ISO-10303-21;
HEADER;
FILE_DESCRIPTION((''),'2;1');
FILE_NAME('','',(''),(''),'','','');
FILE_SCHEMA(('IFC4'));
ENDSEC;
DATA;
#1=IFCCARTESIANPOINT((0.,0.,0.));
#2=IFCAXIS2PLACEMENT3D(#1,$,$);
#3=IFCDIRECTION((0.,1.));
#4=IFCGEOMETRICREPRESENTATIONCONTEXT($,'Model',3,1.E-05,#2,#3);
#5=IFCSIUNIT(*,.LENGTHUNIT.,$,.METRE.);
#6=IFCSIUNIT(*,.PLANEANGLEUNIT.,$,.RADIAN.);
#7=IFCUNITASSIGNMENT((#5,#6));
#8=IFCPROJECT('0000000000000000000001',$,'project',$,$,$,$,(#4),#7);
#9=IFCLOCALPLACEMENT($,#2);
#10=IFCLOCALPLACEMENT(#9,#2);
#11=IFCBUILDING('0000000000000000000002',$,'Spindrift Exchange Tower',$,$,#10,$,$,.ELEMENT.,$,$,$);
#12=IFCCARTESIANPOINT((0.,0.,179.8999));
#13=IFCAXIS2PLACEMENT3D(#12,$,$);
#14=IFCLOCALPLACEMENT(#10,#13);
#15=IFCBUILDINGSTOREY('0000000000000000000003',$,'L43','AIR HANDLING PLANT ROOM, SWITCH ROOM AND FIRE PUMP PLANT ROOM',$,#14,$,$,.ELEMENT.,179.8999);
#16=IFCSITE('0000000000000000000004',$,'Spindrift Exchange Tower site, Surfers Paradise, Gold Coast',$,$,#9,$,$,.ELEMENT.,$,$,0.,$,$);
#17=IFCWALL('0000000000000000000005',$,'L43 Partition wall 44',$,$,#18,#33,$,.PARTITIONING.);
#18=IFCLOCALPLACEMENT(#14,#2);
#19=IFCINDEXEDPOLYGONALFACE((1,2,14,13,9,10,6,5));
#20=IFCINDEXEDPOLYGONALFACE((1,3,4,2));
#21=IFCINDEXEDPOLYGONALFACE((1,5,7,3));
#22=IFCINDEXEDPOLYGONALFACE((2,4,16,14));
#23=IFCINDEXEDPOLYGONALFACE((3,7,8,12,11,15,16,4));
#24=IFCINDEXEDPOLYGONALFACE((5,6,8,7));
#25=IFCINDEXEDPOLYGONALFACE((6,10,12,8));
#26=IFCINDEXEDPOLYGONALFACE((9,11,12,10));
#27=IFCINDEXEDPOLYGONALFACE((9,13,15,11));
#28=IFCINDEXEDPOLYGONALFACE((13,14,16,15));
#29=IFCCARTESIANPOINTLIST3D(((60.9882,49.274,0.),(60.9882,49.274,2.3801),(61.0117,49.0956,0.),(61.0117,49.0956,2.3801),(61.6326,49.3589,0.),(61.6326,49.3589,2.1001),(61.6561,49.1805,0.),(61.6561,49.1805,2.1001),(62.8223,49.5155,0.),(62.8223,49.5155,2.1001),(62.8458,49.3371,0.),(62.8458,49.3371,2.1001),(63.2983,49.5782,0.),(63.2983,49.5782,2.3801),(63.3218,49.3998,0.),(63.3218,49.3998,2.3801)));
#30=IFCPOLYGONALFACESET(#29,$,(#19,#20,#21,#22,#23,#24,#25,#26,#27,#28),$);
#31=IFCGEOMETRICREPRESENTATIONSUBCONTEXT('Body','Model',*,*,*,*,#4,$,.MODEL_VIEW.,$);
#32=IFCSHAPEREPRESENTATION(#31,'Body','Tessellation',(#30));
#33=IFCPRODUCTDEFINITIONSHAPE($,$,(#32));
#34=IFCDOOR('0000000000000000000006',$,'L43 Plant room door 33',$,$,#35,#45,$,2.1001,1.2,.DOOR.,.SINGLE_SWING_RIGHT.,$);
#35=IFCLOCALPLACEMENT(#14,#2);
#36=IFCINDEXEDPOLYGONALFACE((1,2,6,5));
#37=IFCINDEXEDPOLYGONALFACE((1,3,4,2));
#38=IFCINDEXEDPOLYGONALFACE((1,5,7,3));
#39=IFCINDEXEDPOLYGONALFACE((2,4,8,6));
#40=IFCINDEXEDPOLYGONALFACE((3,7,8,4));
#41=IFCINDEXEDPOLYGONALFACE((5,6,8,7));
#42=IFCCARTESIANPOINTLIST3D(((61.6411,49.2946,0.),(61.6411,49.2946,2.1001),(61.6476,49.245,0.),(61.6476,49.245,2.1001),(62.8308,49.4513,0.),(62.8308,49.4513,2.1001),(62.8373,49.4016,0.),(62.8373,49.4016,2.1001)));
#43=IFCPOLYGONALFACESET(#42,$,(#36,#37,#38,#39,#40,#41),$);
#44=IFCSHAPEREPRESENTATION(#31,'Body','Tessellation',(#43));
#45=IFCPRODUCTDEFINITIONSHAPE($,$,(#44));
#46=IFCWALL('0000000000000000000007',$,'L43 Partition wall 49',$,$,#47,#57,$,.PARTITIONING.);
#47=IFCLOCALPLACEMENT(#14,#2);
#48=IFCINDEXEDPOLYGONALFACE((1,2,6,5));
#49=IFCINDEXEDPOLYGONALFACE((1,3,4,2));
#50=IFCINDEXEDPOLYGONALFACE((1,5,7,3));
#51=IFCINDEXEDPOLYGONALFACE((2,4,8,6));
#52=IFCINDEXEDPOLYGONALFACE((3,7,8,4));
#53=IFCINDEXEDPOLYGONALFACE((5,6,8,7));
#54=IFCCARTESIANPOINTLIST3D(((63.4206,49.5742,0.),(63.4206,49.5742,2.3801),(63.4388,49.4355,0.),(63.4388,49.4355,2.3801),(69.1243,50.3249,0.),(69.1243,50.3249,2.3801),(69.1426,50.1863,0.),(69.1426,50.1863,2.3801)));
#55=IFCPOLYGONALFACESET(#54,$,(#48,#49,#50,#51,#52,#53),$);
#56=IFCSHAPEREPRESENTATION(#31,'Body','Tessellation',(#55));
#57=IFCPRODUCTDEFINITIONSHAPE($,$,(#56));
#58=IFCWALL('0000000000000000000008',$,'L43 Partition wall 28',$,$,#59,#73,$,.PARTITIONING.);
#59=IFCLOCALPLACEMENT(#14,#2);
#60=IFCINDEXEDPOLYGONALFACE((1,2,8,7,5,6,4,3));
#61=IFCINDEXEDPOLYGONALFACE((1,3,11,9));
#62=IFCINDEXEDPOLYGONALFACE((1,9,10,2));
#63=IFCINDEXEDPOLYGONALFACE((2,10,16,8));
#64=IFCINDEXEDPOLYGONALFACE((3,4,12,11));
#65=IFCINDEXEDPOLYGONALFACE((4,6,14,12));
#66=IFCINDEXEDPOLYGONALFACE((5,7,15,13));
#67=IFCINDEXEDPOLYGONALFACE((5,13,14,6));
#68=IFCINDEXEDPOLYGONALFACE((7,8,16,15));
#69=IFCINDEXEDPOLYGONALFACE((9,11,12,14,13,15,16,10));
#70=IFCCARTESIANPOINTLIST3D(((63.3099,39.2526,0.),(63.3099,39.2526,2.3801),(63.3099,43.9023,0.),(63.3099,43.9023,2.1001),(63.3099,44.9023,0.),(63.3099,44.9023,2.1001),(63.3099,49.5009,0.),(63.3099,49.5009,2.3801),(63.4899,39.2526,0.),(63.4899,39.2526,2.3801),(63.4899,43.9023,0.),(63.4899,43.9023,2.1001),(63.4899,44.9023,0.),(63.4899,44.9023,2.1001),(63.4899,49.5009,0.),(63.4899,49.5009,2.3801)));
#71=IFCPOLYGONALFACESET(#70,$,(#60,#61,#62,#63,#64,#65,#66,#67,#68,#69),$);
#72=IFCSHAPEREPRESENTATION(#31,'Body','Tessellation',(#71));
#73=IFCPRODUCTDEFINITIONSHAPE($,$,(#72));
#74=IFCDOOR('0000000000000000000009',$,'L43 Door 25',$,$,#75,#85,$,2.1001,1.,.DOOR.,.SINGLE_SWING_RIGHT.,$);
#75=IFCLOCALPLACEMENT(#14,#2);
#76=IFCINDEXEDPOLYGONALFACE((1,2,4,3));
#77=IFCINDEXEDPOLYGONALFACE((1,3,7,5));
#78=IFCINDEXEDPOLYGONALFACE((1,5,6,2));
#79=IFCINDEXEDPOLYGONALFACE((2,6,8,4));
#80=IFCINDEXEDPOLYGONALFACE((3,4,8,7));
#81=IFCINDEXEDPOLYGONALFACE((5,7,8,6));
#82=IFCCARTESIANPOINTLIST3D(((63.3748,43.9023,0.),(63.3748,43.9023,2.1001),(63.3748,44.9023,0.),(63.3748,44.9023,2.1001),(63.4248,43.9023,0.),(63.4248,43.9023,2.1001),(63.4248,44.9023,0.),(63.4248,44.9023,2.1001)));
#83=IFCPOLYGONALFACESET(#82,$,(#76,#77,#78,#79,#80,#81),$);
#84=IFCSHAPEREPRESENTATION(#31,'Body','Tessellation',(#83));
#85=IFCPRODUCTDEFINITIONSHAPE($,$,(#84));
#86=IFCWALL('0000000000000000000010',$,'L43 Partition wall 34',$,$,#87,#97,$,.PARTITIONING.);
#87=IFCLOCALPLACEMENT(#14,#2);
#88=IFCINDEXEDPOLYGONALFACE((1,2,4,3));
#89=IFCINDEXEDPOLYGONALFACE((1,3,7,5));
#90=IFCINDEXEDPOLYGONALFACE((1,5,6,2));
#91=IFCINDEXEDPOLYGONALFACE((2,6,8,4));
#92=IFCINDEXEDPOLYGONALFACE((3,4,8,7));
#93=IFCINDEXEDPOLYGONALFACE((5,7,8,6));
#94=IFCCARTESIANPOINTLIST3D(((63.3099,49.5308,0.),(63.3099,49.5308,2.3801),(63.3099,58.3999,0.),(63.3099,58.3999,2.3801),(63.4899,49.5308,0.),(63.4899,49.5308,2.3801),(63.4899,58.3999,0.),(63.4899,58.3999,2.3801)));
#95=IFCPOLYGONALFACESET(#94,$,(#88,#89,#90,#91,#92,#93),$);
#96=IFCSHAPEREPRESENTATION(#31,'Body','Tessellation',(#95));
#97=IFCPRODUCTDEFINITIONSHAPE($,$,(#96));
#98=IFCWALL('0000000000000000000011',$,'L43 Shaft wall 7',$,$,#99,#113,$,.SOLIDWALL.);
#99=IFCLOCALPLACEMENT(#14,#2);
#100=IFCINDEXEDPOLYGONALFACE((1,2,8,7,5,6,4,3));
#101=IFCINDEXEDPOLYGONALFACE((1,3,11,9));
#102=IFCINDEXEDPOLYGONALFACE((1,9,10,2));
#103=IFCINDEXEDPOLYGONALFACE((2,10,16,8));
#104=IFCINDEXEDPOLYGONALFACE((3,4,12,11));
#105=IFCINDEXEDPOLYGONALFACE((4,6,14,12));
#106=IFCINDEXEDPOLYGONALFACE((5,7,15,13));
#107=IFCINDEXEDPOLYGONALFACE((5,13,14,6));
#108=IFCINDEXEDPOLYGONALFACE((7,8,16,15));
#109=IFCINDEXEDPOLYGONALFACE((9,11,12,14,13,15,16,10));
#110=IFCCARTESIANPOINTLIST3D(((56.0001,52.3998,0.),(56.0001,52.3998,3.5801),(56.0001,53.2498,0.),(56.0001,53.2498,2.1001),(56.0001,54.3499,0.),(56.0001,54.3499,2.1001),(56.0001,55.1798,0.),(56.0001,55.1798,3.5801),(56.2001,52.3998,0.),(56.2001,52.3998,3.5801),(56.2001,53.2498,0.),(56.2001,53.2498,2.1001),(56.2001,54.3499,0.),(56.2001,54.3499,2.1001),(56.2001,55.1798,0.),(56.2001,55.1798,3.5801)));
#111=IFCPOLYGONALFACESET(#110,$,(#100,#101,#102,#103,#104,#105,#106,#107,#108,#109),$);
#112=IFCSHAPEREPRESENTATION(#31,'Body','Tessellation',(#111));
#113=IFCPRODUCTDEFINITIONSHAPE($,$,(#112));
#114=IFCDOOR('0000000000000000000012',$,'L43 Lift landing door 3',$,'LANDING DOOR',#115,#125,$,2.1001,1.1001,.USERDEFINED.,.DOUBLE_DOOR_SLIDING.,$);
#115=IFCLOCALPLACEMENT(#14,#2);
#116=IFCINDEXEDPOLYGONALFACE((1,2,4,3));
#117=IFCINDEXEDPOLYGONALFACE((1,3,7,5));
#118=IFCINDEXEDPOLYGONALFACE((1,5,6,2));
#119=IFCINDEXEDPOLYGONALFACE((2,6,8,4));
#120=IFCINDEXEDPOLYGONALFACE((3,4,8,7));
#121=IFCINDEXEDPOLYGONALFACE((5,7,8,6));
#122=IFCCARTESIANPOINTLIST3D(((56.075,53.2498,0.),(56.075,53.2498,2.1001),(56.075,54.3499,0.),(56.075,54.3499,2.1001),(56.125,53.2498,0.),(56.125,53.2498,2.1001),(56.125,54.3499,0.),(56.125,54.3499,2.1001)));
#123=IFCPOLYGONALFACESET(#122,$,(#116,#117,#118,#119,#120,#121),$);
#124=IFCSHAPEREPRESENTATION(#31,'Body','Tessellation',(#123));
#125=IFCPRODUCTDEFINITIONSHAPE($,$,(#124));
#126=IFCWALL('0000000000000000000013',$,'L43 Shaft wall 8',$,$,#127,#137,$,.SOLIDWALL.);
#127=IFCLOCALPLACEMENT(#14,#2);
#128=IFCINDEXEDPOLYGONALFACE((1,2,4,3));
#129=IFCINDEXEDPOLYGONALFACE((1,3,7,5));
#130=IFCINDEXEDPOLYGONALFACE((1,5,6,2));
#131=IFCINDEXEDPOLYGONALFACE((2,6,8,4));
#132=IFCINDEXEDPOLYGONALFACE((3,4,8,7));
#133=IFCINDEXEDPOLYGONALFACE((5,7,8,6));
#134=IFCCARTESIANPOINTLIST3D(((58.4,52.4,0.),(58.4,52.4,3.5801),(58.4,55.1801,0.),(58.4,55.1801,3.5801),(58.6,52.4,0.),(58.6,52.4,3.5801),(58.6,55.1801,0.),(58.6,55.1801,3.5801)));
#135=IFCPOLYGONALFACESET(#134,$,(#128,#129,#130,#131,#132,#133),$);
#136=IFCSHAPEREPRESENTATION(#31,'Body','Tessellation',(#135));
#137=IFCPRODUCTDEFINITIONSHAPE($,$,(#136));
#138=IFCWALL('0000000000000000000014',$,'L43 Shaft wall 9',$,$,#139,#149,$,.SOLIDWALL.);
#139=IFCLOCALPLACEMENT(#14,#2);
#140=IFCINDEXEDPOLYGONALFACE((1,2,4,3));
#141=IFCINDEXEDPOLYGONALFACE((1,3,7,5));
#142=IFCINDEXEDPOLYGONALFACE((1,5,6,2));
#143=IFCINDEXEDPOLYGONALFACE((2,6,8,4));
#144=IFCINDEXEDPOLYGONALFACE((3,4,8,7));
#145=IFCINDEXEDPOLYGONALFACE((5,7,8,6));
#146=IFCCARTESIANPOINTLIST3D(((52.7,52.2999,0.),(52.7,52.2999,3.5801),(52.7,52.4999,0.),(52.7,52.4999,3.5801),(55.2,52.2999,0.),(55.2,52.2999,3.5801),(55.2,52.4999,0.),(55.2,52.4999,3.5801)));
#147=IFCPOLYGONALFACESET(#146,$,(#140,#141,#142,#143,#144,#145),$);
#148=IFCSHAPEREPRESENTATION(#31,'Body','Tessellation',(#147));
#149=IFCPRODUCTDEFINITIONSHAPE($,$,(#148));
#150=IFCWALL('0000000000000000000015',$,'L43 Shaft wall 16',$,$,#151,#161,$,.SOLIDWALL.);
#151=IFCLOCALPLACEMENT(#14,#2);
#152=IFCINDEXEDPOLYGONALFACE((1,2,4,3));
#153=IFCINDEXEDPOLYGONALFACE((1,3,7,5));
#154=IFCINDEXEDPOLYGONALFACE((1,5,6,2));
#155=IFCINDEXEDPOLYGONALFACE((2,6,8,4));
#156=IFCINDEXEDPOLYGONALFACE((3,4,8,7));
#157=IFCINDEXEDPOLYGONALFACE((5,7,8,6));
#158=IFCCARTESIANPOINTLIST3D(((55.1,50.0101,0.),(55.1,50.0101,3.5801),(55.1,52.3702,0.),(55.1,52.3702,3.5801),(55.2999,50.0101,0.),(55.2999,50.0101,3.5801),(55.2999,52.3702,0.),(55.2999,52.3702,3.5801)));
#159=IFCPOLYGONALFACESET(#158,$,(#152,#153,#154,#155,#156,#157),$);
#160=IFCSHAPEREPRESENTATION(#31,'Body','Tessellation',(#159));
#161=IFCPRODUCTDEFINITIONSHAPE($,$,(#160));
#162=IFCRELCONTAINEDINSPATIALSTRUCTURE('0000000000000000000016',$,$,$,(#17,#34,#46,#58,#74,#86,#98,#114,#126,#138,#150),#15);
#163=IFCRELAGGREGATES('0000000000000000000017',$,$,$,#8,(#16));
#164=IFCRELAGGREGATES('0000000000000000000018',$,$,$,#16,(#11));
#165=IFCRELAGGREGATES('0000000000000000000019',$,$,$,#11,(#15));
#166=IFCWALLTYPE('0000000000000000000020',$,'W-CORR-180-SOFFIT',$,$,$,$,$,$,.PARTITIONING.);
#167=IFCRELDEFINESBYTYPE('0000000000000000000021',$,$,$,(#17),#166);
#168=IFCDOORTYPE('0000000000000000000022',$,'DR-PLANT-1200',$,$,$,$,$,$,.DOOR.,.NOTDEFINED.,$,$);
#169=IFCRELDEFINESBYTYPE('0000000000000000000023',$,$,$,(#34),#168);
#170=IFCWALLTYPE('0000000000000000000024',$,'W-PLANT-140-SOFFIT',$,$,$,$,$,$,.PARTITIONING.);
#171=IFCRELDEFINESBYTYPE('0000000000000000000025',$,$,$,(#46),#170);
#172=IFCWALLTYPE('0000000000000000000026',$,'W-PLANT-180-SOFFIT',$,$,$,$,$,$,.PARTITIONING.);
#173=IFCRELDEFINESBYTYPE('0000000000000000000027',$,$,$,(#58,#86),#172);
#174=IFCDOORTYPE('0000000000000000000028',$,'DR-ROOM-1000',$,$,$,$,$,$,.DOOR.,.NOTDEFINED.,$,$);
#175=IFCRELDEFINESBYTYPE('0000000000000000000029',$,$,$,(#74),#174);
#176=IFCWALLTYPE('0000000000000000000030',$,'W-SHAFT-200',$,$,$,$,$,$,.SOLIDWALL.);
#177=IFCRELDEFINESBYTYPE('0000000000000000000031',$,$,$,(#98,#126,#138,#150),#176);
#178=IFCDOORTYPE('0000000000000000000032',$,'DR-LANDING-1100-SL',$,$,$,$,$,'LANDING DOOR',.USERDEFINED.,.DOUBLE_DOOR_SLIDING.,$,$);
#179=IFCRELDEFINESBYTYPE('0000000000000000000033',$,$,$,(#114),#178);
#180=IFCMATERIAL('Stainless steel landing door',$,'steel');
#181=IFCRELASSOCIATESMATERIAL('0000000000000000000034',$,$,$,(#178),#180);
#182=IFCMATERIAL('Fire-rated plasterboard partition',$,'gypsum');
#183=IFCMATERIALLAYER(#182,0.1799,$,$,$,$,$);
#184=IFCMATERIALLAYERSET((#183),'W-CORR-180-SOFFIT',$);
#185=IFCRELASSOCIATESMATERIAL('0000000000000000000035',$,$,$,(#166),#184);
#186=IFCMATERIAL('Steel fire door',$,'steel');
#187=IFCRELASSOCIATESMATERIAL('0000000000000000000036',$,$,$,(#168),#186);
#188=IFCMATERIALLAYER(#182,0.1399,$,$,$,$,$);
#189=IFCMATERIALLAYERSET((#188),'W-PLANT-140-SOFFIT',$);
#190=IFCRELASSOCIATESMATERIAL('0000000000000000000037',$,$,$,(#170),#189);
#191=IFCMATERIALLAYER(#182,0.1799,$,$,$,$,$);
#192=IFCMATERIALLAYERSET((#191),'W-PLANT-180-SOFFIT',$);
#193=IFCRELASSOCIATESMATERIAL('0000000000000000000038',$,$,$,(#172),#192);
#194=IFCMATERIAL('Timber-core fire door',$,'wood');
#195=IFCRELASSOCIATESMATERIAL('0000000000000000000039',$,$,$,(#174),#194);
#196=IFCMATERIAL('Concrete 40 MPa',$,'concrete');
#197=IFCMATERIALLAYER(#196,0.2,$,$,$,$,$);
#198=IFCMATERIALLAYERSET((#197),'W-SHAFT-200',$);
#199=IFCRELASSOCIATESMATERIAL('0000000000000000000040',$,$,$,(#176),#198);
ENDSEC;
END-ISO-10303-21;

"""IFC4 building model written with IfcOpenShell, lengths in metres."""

from ifc_helpers import new_model, si_unit, direction, frame, frame_2d, origin, place, context, subcontext, project, spatial, rectangle, extrude, source, transform, mapped, material, layer, layer_set, type_object, element, fill, save


model = new_model("IFC4")

# Units and contexts
model_context = context("Model", 3, precision=1e-05, world=origin(), true_north=direction((0.0, 1.0)))
body_context = subcontext(model_context, "Body", "Model", "MODEL_VIEW")
ifc_project = project(units=[si_unit("LENGTHUNIT", "METRE"), si_unit("PLANEANGLEUNIT", "RADIAN")], contexts=[model_context])

# Site, building, storey
site_placement = place(None, origin())
site = spatial("IfcSite", under=ifc_project, at=site_placement, Name="Spindrift Exchange Tower site, Surfers Paradise, Gold Coast", CompositionType="ELEMENT", RefElevation=0.0)
building_placement = place(site_placement, origin())
building = spatial("IfcBuilding", under=site, at=building_placement, Name="Spindrift Exchange Tower", CompositionType="ELEMENT")
storey_placement = place(building_placement, frame((0.0, 0.0, 179.8999)))
storey = spatial("IfcBuildingStorey", under=building, at=storey_placement, Name="L43", Description="AIR HANDLING PLANT ROOM, SWITCH ROOM AND FIRE PUMP PLANT ROOM", CompositionType="ELEMENT", Elevation=179.8999)

# Shared definitions
ifc_material_1 = material(Name="Stainless steel landing door", Category="steel")
door_type_1 = type_object("IfcDoorType", Name="DR-LANDING-1100-SL", ElementType="LANDING DOOR", OperationType="DOUBLE_DOOR_SLIDING", PredefinedType="USERDEFINED", material=ifc_material_1)
shared_shape_1 = source(origin(), body_context, "Body", "SweptSolid", [
    extrude(rectangle(XDim=1.1001, YDim=2.1001, at=frame_2d((0.55, 1.05))), frame((0.0, 0.0249, 0.0), z_axis=(0.0, -1.0, 0.0), x_axis=(1.0, 0.0, 0.0)), (0.0, 0.0, 1.0), 0.05),
])
ifc_material_2 = material(Name="Steel fire door", Category="steel")
ifc_material_3 = material(Name="Timber-core fire door", Category="wood")

# Wall, opening, door
ifc_material_4 = material(Name="Fire-rated plasterboard partition", Category="gypsum")
ifc_layer_1 = layer(ifc_material_4, 0.1799)
ifc_layer_set_1 = layer_set([ifc_layer_1], Name="W-CORR-180-SOFFIT")
wall_type_1 = type_object("IfcWallType", Name="W-CORR-180-SOFFIT", PredefinedType="PARTITIONING", material=ifc_layer_set_1)
wall_1_placement = place(storey_placement, frame((63.3101, 49.489, 0.0), z_axis=(0.0, 0.0, 1.0), x_axis=(-0.991441, -0.130558, 0.0)))
wall_1 = element("IfcWall", 1, at=wall_1_placement, inside=storey, type_object=wall_type_1, Name="L43 Partition wall 44", PredefinedType="PARTITIONING", context=body_context, shape_type="SweptSolid", body=[
    extrude(rectangle(XDim=2.3301, YDim=0.1799, at=frame_2d((1.165, 0.0))), origin(), (0.0, 0.0, 1.0), 2.3801),
])
opening_1_placement = place(wall_1_placement, frame((0.48, 0.0, 0.0)))
opening_1 = element("IfcOpeningElement", 2, at=opening_1_placement, cuts=wall_1, PredefinedType="OPENING", context=body_context, shape_type="SweptSolid", body=[
    extrude(rectangle(XDim=1.2, YDim=2.1001, at=frame_2d((0.6001, 1.05))), frame((0.0, 0.0999, 0.0), z_axis=(0.0, -1.0, 0.0), x_axis=(1.0, 0.0, 0.0)), (0.0, 0.0, 1.0), 0.2),
])
door_type_2 = type_object("IfcDoorType", Name="DR-PLANT-1200", OperationType="NOTDEFINED", PredefinedType="DOOR", material=ifc_material_2)
shared_shape_2 = source(origin(), body_context, "Body", "SweptSolid", [
    extrude(rectangle(XDim=1.2, YDim=2.1001, at=frame_2d((0.6001, 1.05))), frame((0.0, 0.0249, 0.0), z_axis=(0.0, -1.0, 0.0), x_axis=(1.0, 0.0, 0.0)), (0.0, 0.0, 1.0), 0.05),
])
door_1_placement = place(opening_1_placement, origin())
door_1 = element("IfcDoor", 3, at=door_1_placement, inside=storey, type_object=door_type_2, Name="L43 Plant room door 33", OperationType="SINGLE_SWING_RIGHT", OverallHeight=2.1001, OverallWidth=1.2, PredefinedType="DOOR", context=body_context, shape_type="MappedRepresentation", body=[
    mapped(shared_shape_2, transform((0.0, 0.0, 0.0), scale=1.0)),
])
fill(opening_1, door_1)

# Wall
ifc_layer_2 = layer(ifc_material_4, 0.1399)
ifc_layer_set_2 = layer_set([ifc_layer_2], Name="W-PLANT-140-SOFFIT")
wall_type_2 = type_object("IfcWallType", Name="W-PLANT-140-SOFFIT", PredefinedType="PARTITIONING", material=ifc_layer_set_2)
wall_2_placement = place(storey_placement, frame((63.4297, 49.5049, 0.0), z_axis=(0.0, 0.0, 1.0), x_axis=(0.991449, 0.130493, 0.0)))
element("IfcWall", 4, at=wall_2_placement, inside=storey, type_object=wall_type_2, Name="L43 Partition wall 49", PredefinedType="PARTITIONING", context=body_context, shape_type="SweptSolid", body=[
    extrude(rectangle(XDim=5.7529, YDim=0.1399, at=frame_2d((2.8765, 0.0))), origin(), (0.0, 0.0, 1.0), 2.3801),
])

# Wall, opening, door
ifc_layer_3 = layer(ifc_material_4, 0.1799)
ifc_layer_set_3 = layer_set([ifc_layer_3], Name="W-PLANT-180-SOFFIT")
wall_type_3 = type_object("IfcWallType", Name="W-PLANT-180-SOFFIT", PredefinedType="PARTITIONING", material=ifc_layer_set_3)
wall_3_placement = place(storey_placement, frame((63.3999, 49.5007, 0.0), z_axis=(0.0, 0.0, 1.0), x_axis=(0.0, -1.0, 0.0)))
wall_3 = element("IfcWall", 5, at=wall_3_placement, inside=storey, type_object=wall_type_3, Name="L43 Partition wall 28", PredefinedType="PARTITIONING", context=body_context, shape_type="SweptSolid", body=[
    extrude(rectangle(XDim=10.2483, YDim=0.1799, at=frame_2d((5.124, 0.0))), origin(), (0.0, 0.0, 1.0), 2.3801),
])
opening_2_placement = place(wall_3_placement, frame((4.5984, 0.0, 0.0)))
opening_2 = element("IfcOpeningElement", 6, at=opening_2_placement, cuts=wall_3, PredefinedType="OPENING", context=body_context, shape_type="SweptSolid", body=[
    extrude(rectangle(XDim=1.0, YDim=2.1001, at=frame_2d((0.5, 1.05))), frame((0.0, 0.0999, 0.0), z_axis=(0.0, -1.0, 0.0), x_axis=(1.0, 0.0, 0.0)), (0.0, 0.0, 1.0), 0.2),
])
door_type_3 = type_object("IfcDoorType", Name="DR-ROOM-1000", OperationType="NOTDEFINED", PredefinedType="DOOR", material=ifc_material_3)
shared_shape_3 = source(origin(), body_context, "Body", "SweptSolid", [
    extrude(rectangle(XDim=1.0, YDim=2.1001, at=frame_2d((0.5, 1.05))), frame((0.0, 0.0249, 0.0), z_axis=(0.0, -1.0, 0.0), x_axis=(1.0, 0.0, 0.0)), (0.0, 0.0, 1.0), 0.05),
])
door_2_placement = place(opening_2_placement, origin())
door_2 = element("IfcDoor", 7, at=door_2_placement, inside=storey, type_object=door_type_3, Name="L43 Door 25", OperationType="SINGLE_SWING_RIGHT", OverallHeight=2.1001, OverallWidth=1.0, PredefinedType="DOOR", context=body_context, shape_type="MappedRepresentation", body=[
    mapped(shared_shape_3, transform((0.0, 0.0, 0.0), scale=1.0)),
])
fill(opening_2, door_2)

# Wall
wall_4_placement = place(storey_placement, frame((63.3999, 49.5308, 0.0), z_axis=(0.0, 0.0, 1.0), x_axis=(0.0, 1.0, 0.0)))
element("IfcWall", 8, at=wall_4_placement, inside=storey, type_object=wall_type_3, Name="L43 Partition wall 34", PredefinedType="PARTITIONING", context=body_context, shape_type="SweptSolid", body=[
    extrude(rectangle(XDim=8.8691, YDim=0.1799, at=frame_2d((4.4346, 0.0))), origin(), (0.0, 0.0, 1.0), 2.3801),
])

# Wall, opening, door
ifc_material_5 = material(Name="Concrete 40 MPa", Category="concrete")
ifc_layer_4 = layer(ifc_material_5, 0.2)
ifc_layer_set_4 = layer_set([ifc_layer_4], Name="W-SHAFT-200")
wall_type_4 = type_object("IfcWallType", Name="W-SHAFT-200", PredefinedType="SOLIDWALL", material=ifc_layer_set_4)
wall_5_placement = place(storey_placement, frame((56.1001, 55.1799, 0.0), z_axis=(0.0, 0.0, 1.0), x_axis=(0.0, -1.0, 0.0)))
wall_5 = element("IfcWall", 9, at=wall_5_placement, inside=storey, type_object=wall_type_4, Name="L43 Shaft wall 7", PredefinedType="SOLIDWALL", context=body_context, shape_type="SweptSolid", body=[
    extrude(rectangle(XDim=2.78, YDim=0.2, at=frame_2d((1.3901, 0.0))), origin(), (0.0, 0.0, 1.0), 3.5801),
])
opening_3_placement = place(wall_5_placement, frame((0.8301, 0.0, 0.0)))
opening_3 = element("IfcOpeningElement", 10, at=opening_3_placement, cuts=wall_5, PredefinedType="OPENING", context=body_context, shape_type="SweptSolid", body=[
    extrude(rectangle(XDim=1.1001, YDim=2.1001, at=frame_2d((0.55, 1.05))), frame((0.0, 0.1099, 0.0), z_axis=(0.0, -1.0, 0.0), x_axis=(1.0, 0.0, 0.0)), (0.0, 0.0, 1.0), 0.22),
])
door_3_placement = place(opening_3_placement, origin())
door_3 = element("IfcDoor", 11, at=door_3_placement, inside=storey, type_object=door_type_1, Name="L43 Lift landing door 3", ObjectType="LANDING DOOR", OperationType="DOUBLE_DOOR_SLIDING", OverallHeight=2.1001, OverallWidth=1.1001, PredefinedType="USERDEFINED", context=body_context, shape_type="MappedRepresentation", body=[
    mapped(shared_shape_1, transform((0.0, 0.0, 0.0), scale=1.0)),
])
fill(opening_3, door_3)

# Walls
wall_6_placement = place(storey_placement, frame((58.5, 52.3999, 0.0), z_axis=(0.0, 0.0, 1.0), x_axis=(0.0, 1.0, 0.0)))
element("IfcWall", 12, at=wall_6_placement, inside=storey, type_object=wall_type_4, Name="L43 Shaft wall 8", PredefinedType="SOLIDWALL", context=body_context, shape_type="SweptSolid", body=[
    extrude(rectangle(XDim=2.78, YDim=0.2, at=frame_2d((1.3901, 0.0))), origin(), (0.0, 0.0, 1.0), 3.5801),
])
wall_7_placement = place(storey_placement, frame((55.2, 52.3999, 0.0), z_axis=(0.0, 0.0, 1.0), x_axis=(-1.0, 0.0, 0.0)))
element("IfcWall", 13, at=wall_7_placement, inside=storey, type_object=wall_type_4, Name="L43 Shaft wall 9", PredefinedType="SOLIDWALL", context=body_context, shape_type="SweptSolid", body=[
    extrude(rectangle(XDim=2.5, YDim=0.2, at=frame_2d((1.25, 0.0))), origin(), (0.0, 0.0, 1.0), 3.5801),
])
wall_8_placement = place(storey_placement, frame((55.2, 50.01, 0.0), z_axis=(0.0, 0.0, 1.0), x_axis=(0.0, 1.0, 0.0)))
element("IfcWall", 14, at=wall_8_placement, inside=storey, type_object=wall_type_4, Name="L43 Shaft wall 16", PredefinedType="SOLIDWALL", context=body_context, shape_type="SweptSolid", body=[
    extrude(rectangle(XDim=2.3601, YDim=0.2, at=frame_2d((1.1802, 0.0))), origin(), (0.0, 0.0, 1.0), 3.5801),
])

save(model, "model.ifc")
